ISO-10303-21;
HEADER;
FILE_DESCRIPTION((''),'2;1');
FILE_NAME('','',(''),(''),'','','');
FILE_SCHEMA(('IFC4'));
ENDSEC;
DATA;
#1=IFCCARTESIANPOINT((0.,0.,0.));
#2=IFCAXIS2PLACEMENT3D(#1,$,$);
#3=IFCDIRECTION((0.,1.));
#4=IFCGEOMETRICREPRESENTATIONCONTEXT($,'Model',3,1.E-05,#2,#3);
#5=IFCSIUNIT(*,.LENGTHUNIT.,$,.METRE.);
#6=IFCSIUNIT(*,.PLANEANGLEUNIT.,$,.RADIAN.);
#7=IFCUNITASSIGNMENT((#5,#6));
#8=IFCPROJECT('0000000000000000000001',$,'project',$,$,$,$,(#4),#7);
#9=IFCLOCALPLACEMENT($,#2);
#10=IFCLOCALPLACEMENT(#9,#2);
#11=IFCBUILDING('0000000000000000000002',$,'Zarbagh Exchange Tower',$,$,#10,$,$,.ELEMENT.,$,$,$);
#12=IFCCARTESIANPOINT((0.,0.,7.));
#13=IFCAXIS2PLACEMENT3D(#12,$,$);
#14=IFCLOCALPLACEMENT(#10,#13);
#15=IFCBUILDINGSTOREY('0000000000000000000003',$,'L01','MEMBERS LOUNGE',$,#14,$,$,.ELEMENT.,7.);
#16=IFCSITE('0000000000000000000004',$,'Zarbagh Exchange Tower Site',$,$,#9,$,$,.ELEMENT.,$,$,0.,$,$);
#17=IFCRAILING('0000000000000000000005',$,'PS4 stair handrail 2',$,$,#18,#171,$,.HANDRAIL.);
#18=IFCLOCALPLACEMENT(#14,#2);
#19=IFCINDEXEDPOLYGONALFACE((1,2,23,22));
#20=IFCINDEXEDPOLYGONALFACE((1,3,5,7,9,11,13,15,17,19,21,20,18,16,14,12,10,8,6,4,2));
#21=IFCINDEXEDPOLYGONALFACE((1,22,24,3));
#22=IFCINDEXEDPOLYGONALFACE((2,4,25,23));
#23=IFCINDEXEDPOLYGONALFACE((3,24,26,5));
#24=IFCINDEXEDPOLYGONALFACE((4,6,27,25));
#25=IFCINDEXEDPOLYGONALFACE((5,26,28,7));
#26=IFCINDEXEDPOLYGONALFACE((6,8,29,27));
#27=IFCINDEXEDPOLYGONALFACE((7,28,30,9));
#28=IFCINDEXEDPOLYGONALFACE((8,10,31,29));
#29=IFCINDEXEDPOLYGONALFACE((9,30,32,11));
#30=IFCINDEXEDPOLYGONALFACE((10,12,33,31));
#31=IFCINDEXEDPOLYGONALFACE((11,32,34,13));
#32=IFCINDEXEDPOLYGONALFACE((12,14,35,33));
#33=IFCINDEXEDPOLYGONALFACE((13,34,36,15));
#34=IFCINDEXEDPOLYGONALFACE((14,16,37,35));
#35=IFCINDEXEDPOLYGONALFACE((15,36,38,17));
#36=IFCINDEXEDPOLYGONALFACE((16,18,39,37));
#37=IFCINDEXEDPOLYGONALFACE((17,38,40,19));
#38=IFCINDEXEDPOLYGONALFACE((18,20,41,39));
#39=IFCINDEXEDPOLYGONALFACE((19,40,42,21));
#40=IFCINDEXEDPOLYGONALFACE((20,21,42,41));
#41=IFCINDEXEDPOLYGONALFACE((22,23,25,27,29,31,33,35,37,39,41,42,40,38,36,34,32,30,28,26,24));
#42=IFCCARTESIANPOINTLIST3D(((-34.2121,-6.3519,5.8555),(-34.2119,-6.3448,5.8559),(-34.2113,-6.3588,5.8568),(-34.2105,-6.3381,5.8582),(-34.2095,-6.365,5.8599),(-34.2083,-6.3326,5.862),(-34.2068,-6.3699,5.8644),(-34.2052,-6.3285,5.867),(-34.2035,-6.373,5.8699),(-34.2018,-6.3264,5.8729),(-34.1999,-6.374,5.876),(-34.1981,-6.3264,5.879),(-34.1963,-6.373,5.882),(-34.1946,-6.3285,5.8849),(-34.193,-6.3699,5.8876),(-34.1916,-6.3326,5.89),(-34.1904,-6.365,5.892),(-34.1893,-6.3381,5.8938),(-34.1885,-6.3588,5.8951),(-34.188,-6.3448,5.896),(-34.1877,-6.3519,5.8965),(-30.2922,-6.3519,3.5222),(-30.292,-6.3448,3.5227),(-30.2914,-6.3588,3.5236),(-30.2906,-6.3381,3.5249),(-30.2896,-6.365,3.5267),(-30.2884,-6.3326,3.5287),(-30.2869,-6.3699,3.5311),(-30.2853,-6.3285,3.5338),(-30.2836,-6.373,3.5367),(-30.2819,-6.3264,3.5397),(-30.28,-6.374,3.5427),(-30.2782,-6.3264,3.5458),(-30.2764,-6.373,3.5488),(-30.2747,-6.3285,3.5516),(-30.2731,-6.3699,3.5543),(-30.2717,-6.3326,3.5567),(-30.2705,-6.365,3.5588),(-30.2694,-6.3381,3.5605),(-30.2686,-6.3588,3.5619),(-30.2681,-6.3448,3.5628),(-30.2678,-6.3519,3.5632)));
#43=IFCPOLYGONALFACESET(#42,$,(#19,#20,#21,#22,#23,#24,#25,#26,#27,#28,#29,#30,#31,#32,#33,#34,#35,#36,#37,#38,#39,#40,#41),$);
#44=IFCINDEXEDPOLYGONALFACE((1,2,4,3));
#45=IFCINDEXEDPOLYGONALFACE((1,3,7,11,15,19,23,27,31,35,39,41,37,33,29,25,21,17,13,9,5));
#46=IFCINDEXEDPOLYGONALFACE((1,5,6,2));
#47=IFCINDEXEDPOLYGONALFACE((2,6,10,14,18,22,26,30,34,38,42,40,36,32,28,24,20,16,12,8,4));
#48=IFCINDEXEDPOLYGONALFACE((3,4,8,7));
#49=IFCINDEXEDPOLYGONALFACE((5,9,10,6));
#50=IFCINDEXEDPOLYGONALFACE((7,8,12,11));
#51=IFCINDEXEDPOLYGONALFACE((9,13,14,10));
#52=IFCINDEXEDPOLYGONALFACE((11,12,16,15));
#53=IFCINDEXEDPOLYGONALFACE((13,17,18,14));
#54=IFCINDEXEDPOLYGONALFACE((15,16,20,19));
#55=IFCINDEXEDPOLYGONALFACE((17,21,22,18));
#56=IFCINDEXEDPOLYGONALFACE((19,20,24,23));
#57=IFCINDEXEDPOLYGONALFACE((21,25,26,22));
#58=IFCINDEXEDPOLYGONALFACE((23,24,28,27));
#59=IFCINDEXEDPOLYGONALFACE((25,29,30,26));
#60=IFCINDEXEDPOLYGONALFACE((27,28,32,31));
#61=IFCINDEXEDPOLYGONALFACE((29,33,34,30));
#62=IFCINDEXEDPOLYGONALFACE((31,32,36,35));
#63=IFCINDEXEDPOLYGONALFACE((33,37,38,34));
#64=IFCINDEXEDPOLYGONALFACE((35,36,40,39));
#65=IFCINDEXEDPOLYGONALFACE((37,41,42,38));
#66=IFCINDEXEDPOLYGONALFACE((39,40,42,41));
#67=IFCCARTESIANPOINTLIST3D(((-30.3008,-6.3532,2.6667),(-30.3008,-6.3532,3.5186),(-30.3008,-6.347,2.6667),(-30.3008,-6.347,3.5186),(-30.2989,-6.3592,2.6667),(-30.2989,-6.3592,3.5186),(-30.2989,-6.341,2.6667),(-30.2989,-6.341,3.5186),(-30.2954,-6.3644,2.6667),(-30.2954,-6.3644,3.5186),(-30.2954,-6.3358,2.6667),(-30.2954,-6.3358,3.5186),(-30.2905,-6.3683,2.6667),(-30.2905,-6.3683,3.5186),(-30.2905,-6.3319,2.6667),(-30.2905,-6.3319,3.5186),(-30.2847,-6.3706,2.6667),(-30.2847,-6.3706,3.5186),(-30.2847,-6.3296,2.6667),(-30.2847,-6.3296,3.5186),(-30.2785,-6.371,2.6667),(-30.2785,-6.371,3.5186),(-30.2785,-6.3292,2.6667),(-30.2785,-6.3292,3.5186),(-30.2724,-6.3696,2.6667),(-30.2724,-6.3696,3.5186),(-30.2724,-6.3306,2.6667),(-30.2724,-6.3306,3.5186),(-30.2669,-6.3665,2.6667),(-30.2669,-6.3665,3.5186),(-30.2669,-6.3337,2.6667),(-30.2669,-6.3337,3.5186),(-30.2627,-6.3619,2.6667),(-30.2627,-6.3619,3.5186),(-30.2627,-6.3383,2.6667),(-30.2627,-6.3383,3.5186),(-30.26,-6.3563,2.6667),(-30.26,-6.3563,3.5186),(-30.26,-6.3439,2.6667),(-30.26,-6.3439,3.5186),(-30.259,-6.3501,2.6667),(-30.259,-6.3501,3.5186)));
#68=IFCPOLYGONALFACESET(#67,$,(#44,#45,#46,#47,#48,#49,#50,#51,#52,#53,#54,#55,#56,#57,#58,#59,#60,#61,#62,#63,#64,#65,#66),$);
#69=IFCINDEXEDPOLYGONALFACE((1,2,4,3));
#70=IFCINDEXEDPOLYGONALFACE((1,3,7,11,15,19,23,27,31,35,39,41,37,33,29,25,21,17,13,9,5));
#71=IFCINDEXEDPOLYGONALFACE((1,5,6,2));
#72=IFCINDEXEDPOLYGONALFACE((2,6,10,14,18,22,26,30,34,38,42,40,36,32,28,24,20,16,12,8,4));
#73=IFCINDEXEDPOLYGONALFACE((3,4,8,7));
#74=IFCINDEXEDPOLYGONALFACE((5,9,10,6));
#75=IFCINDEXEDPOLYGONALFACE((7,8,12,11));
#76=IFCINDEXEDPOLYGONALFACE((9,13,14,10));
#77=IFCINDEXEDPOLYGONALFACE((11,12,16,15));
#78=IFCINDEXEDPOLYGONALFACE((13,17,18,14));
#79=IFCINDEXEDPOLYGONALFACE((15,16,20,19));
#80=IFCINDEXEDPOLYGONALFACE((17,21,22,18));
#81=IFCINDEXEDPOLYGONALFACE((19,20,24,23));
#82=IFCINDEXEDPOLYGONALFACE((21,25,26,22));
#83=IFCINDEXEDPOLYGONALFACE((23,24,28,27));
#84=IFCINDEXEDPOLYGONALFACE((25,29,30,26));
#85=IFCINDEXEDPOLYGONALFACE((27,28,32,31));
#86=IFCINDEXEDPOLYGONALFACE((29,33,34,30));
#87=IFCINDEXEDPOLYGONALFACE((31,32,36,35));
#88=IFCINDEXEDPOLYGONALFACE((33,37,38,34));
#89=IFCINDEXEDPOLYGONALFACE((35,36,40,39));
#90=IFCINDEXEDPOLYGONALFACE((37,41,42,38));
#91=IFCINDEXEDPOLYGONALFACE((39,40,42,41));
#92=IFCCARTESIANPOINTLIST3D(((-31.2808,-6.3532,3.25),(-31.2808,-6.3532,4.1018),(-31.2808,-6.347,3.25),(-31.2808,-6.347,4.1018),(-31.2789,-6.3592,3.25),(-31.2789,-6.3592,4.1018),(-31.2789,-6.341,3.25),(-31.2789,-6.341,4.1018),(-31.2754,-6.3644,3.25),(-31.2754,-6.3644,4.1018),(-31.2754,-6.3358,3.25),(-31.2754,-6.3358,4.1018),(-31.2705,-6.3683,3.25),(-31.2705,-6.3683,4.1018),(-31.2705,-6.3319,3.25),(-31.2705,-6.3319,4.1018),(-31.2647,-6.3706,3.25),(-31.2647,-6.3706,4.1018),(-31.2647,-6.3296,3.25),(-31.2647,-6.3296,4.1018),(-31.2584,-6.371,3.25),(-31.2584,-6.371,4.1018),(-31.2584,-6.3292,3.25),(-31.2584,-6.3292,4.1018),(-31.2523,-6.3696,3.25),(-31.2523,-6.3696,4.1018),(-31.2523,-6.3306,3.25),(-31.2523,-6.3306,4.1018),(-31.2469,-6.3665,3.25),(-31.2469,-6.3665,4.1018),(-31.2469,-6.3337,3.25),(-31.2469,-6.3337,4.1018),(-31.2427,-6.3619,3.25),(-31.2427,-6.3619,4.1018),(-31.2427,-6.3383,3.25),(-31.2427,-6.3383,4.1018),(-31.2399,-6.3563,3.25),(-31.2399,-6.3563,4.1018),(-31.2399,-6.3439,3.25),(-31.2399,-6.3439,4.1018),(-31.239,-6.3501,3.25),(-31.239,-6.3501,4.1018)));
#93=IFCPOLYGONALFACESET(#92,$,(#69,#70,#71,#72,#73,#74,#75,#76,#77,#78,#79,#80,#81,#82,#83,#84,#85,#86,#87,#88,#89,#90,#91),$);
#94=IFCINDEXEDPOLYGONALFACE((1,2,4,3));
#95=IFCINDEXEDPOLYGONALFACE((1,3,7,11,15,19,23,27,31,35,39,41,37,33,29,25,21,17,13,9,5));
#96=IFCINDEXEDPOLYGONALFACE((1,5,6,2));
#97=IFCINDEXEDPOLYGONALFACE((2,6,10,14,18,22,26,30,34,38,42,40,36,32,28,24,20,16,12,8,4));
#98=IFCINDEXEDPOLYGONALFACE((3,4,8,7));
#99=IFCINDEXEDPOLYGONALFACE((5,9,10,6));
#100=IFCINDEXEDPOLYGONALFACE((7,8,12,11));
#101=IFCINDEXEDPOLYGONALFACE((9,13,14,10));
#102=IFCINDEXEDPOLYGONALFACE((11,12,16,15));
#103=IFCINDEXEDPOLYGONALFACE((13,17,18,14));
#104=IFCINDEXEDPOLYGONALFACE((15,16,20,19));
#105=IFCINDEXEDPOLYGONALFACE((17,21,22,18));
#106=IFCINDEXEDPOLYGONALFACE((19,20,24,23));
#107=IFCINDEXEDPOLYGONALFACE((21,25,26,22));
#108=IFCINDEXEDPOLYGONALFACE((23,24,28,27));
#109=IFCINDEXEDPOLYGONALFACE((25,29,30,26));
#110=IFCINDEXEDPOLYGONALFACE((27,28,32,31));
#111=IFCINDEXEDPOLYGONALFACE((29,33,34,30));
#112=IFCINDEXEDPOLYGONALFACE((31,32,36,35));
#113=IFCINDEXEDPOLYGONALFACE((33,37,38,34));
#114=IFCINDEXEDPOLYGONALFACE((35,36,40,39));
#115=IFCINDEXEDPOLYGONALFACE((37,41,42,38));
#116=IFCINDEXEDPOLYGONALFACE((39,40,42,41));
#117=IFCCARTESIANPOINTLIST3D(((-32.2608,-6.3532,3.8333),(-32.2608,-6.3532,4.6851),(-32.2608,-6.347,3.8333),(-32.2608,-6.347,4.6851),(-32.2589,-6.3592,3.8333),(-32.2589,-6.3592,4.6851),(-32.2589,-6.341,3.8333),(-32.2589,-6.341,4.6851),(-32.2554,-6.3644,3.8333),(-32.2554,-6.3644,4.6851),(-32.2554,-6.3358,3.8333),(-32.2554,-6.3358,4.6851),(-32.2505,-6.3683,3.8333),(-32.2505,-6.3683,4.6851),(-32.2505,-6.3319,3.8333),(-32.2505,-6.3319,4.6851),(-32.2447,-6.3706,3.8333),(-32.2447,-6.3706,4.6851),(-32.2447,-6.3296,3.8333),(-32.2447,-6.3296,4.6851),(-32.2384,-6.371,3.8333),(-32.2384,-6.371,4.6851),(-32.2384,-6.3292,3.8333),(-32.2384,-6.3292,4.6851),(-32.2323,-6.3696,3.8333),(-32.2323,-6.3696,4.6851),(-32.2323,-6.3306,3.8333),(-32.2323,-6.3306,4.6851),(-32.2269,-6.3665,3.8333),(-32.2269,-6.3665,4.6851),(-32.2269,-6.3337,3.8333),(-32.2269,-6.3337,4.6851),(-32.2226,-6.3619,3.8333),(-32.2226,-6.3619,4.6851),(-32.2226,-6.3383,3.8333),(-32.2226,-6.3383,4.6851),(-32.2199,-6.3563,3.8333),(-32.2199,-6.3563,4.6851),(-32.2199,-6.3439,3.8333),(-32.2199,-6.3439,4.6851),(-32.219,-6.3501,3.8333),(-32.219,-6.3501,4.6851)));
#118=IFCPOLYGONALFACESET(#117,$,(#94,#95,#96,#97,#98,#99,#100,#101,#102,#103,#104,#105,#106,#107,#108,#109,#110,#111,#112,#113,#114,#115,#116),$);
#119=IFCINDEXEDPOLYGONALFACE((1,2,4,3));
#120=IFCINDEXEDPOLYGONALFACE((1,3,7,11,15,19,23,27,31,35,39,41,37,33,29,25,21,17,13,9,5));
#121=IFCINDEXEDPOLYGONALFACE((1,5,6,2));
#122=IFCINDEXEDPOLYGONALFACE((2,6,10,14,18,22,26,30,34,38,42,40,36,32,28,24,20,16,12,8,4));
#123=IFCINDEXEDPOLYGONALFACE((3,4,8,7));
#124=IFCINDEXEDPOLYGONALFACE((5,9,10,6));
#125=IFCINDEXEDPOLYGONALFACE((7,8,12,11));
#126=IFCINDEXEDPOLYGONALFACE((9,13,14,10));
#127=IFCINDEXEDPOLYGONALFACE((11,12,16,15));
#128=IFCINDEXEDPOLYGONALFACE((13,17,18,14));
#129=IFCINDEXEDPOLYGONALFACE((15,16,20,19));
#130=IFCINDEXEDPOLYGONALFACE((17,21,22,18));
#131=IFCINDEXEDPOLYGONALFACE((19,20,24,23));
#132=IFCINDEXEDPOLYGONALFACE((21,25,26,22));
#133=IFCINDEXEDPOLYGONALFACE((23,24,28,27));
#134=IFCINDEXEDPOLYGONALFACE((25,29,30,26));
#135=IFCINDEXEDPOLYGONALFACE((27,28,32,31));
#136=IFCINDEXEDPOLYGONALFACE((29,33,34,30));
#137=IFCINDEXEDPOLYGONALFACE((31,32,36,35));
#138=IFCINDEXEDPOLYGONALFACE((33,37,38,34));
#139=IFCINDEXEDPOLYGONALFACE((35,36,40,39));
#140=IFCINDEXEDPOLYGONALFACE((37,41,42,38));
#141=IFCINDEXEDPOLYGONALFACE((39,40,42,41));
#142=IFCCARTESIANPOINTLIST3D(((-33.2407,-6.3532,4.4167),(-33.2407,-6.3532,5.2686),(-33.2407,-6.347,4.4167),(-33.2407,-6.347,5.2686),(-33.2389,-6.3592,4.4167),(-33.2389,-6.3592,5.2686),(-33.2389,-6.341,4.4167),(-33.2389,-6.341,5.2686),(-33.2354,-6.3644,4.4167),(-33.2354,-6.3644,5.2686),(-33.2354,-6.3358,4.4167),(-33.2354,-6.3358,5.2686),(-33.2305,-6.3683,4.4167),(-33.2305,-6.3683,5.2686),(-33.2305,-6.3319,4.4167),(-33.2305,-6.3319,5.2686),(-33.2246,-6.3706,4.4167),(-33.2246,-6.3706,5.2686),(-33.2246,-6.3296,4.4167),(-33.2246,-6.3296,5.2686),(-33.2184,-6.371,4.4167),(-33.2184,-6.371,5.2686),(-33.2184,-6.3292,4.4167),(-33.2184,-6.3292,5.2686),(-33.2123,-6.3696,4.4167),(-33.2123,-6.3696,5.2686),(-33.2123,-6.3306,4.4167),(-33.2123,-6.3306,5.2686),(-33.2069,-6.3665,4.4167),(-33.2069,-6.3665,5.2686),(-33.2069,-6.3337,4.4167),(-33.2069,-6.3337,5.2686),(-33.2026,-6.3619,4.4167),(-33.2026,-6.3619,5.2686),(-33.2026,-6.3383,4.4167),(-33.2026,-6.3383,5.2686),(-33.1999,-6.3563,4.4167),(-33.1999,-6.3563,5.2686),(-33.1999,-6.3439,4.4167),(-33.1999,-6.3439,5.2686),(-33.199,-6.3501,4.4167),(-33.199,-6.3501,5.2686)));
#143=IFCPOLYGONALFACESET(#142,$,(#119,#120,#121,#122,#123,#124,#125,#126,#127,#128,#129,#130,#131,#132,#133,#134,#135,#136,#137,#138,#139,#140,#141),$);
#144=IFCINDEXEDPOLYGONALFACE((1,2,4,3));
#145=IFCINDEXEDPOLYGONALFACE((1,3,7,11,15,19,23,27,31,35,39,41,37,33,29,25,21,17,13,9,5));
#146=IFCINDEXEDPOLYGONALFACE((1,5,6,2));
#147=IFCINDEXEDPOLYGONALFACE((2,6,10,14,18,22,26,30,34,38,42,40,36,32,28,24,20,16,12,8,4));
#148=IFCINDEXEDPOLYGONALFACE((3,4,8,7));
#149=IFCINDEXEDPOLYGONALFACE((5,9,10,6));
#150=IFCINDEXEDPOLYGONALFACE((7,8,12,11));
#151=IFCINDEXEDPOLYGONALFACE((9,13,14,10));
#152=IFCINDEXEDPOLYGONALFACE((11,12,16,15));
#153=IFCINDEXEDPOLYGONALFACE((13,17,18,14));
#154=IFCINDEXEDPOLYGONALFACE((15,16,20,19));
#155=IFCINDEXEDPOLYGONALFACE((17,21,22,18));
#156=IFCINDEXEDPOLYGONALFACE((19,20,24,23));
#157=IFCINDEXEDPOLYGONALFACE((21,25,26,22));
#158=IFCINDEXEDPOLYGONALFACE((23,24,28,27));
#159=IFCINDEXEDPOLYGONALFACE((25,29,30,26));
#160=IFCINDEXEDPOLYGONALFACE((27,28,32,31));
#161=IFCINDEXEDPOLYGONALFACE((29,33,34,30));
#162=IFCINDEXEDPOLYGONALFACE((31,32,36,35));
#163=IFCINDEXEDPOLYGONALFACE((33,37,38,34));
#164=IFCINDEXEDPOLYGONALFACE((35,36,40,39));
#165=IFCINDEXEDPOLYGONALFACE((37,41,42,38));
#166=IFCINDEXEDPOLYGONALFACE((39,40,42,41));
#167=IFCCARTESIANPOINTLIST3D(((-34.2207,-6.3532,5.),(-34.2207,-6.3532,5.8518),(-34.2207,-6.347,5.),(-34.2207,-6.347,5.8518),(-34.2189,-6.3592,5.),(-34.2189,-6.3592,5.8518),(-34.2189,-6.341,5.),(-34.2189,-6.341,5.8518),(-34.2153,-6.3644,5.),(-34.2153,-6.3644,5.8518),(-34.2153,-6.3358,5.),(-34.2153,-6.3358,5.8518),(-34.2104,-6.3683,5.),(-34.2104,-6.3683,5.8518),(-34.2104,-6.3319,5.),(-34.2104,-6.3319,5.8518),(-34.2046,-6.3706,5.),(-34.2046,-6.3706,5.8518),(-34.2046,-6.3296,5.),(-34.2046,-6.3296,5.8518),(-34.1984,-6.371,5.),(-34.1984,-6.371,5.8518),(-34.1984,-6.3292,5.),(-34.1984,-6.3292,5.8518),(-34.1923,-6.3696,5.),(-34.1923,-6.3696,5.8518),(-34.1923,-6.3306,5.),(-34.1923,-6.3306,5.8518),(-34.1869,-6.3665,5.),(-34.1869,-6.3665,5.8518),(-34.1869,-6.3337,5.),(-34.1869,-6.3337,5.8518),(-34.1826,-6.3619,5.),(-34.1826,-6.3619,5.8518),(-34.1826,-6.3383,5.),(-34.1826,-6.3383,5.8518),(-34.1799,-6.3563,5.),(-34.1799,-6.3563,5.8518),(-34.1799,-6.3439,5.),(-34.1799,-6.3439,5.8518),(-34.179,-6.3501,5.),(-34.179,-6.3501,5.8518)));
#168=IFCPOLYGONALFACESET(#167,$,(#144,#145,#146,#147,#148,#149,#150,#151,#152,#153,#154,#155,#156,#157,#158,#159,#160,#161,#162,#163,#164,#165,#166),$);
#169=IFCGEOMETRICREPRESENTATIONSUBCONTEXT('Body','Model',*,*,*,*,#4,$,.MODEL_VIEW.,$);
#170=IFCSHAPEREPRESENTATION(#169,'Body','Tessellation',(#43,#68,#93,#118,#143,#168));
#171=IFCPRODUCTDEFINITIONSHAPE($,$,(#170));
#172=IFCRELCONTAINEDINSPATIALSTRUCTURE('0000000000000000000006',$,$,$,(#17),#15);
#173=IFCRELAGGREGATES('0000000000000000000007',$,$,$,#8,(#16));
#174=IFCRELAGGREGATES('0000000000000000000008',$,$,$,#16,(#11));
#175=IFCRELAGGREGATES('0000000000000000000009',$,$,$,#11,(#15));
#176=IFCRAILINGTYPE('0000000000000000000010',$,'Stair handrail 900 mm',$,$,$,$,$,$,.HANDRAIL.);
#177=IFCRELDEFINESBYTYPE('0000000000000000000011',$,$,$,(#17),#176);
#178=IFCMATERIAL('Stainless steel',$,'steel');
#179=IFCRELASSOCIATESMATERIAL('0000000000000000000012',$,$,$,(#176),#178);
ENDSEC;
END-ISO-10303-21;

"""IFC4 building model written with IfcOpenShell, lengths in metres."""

from ifc_helpers import new_model, si_unit, direction, frame, origin, origin_2d, place, context, subcontext, project, spatial, circle, extrude, material, type_object, element, save


model = new_model("IFC4")

# Units and contexts
model_context = context("Model", 3, precision=1e-05, world=origin(), true_north=direction((0.0, 1.0)))
body_context = subcontext(model_context, "Body", "Model", "MODEL_VIEW")
ifc_project = project(units=[si_unit("LENGTHUNIT", "METRE"), si_unit("PLANEANGLEUNIT", "RADIAN")], contexts=[model_context])

# Site, building, storey
site_placement = place(None, origin())
site = spatial("IfcSite", under=ifc_project, at=site_placement, Name="Zarbagh Exchange Tower Site", CompositionType="ELEMENT", RefElevation=0.0)
building_placement = place(site_placement, origin())
building = spatial("IfcBuilding", under=site, at=building_placement, Name="Zarbagh Exchange Tower", CompositionType="ELEMENT")
storey_placement = place(building_placement, frame((0.0, 0.0, 7.0)))
storey = spatial("IfcBuildingStorey", under=building, at=storey_placement, Name="L01", Description="MEMBERS LOUNGE", CompositionType="ELEMENT", Elevation=7.0)

# Railing
ifc_material_1 = material(Name="Stainless steel", Category="steel")
railing_type = type_object("IfcRailingType", Name="Stair handrail 900 mm", PredefinedType="HANDRAIL", material=ifc_material_1)
railing_placement = place(storey_placement, frame((-30.28, -6.3501, 2.6667)))
element("IfcRailing", 1, at=railing_placement, inside=storey, type_object=railing_type, Name="PS4 stair handrail 2", PredefinedType="HANDRAIL", context=body_context, shape_type="SweptSolid", body=[
    extrude(circle(Radius=0.0239, at=origin_2d()), frame((0.0, 0.0, 0.876), z_axis=(-0.859296, 0.0, 0.511478), x_axis=(0.0, -1.0, 0.0)), (0.0, 0.0, 1.0), 4.5618),
    extrude(circle(Radius=0.021, at=origin_2d()), origin(), (0.0, 0.0, 1.0), 0.8518),
    extrude(circle(Radius=0.021, at=origin_2d()), frame((-0.98, 0.0, 0.5833)), (0.0, 0.0, 1.0), 0.8518),
    extrude(circle(Radius=0.021, at=origin_2d()), frame((-1.96, 0.0, 1.1665)), (0.0, 0.0, 1.0), 0.8518),
    extrude(circle(Radius=0.021, at=origin_2d()), frame((-2.9399, 0.0, 1.75)), (0.0, 0.0, 1.0), 0.8518),
    extrude(circle(Radius=0.021, at=origin_2d()), frame((-3.9199, 0.0, 2.3333)), (0.0, 0.0, 1.0), 0.8518),
])

save(model, "model.ifc")
